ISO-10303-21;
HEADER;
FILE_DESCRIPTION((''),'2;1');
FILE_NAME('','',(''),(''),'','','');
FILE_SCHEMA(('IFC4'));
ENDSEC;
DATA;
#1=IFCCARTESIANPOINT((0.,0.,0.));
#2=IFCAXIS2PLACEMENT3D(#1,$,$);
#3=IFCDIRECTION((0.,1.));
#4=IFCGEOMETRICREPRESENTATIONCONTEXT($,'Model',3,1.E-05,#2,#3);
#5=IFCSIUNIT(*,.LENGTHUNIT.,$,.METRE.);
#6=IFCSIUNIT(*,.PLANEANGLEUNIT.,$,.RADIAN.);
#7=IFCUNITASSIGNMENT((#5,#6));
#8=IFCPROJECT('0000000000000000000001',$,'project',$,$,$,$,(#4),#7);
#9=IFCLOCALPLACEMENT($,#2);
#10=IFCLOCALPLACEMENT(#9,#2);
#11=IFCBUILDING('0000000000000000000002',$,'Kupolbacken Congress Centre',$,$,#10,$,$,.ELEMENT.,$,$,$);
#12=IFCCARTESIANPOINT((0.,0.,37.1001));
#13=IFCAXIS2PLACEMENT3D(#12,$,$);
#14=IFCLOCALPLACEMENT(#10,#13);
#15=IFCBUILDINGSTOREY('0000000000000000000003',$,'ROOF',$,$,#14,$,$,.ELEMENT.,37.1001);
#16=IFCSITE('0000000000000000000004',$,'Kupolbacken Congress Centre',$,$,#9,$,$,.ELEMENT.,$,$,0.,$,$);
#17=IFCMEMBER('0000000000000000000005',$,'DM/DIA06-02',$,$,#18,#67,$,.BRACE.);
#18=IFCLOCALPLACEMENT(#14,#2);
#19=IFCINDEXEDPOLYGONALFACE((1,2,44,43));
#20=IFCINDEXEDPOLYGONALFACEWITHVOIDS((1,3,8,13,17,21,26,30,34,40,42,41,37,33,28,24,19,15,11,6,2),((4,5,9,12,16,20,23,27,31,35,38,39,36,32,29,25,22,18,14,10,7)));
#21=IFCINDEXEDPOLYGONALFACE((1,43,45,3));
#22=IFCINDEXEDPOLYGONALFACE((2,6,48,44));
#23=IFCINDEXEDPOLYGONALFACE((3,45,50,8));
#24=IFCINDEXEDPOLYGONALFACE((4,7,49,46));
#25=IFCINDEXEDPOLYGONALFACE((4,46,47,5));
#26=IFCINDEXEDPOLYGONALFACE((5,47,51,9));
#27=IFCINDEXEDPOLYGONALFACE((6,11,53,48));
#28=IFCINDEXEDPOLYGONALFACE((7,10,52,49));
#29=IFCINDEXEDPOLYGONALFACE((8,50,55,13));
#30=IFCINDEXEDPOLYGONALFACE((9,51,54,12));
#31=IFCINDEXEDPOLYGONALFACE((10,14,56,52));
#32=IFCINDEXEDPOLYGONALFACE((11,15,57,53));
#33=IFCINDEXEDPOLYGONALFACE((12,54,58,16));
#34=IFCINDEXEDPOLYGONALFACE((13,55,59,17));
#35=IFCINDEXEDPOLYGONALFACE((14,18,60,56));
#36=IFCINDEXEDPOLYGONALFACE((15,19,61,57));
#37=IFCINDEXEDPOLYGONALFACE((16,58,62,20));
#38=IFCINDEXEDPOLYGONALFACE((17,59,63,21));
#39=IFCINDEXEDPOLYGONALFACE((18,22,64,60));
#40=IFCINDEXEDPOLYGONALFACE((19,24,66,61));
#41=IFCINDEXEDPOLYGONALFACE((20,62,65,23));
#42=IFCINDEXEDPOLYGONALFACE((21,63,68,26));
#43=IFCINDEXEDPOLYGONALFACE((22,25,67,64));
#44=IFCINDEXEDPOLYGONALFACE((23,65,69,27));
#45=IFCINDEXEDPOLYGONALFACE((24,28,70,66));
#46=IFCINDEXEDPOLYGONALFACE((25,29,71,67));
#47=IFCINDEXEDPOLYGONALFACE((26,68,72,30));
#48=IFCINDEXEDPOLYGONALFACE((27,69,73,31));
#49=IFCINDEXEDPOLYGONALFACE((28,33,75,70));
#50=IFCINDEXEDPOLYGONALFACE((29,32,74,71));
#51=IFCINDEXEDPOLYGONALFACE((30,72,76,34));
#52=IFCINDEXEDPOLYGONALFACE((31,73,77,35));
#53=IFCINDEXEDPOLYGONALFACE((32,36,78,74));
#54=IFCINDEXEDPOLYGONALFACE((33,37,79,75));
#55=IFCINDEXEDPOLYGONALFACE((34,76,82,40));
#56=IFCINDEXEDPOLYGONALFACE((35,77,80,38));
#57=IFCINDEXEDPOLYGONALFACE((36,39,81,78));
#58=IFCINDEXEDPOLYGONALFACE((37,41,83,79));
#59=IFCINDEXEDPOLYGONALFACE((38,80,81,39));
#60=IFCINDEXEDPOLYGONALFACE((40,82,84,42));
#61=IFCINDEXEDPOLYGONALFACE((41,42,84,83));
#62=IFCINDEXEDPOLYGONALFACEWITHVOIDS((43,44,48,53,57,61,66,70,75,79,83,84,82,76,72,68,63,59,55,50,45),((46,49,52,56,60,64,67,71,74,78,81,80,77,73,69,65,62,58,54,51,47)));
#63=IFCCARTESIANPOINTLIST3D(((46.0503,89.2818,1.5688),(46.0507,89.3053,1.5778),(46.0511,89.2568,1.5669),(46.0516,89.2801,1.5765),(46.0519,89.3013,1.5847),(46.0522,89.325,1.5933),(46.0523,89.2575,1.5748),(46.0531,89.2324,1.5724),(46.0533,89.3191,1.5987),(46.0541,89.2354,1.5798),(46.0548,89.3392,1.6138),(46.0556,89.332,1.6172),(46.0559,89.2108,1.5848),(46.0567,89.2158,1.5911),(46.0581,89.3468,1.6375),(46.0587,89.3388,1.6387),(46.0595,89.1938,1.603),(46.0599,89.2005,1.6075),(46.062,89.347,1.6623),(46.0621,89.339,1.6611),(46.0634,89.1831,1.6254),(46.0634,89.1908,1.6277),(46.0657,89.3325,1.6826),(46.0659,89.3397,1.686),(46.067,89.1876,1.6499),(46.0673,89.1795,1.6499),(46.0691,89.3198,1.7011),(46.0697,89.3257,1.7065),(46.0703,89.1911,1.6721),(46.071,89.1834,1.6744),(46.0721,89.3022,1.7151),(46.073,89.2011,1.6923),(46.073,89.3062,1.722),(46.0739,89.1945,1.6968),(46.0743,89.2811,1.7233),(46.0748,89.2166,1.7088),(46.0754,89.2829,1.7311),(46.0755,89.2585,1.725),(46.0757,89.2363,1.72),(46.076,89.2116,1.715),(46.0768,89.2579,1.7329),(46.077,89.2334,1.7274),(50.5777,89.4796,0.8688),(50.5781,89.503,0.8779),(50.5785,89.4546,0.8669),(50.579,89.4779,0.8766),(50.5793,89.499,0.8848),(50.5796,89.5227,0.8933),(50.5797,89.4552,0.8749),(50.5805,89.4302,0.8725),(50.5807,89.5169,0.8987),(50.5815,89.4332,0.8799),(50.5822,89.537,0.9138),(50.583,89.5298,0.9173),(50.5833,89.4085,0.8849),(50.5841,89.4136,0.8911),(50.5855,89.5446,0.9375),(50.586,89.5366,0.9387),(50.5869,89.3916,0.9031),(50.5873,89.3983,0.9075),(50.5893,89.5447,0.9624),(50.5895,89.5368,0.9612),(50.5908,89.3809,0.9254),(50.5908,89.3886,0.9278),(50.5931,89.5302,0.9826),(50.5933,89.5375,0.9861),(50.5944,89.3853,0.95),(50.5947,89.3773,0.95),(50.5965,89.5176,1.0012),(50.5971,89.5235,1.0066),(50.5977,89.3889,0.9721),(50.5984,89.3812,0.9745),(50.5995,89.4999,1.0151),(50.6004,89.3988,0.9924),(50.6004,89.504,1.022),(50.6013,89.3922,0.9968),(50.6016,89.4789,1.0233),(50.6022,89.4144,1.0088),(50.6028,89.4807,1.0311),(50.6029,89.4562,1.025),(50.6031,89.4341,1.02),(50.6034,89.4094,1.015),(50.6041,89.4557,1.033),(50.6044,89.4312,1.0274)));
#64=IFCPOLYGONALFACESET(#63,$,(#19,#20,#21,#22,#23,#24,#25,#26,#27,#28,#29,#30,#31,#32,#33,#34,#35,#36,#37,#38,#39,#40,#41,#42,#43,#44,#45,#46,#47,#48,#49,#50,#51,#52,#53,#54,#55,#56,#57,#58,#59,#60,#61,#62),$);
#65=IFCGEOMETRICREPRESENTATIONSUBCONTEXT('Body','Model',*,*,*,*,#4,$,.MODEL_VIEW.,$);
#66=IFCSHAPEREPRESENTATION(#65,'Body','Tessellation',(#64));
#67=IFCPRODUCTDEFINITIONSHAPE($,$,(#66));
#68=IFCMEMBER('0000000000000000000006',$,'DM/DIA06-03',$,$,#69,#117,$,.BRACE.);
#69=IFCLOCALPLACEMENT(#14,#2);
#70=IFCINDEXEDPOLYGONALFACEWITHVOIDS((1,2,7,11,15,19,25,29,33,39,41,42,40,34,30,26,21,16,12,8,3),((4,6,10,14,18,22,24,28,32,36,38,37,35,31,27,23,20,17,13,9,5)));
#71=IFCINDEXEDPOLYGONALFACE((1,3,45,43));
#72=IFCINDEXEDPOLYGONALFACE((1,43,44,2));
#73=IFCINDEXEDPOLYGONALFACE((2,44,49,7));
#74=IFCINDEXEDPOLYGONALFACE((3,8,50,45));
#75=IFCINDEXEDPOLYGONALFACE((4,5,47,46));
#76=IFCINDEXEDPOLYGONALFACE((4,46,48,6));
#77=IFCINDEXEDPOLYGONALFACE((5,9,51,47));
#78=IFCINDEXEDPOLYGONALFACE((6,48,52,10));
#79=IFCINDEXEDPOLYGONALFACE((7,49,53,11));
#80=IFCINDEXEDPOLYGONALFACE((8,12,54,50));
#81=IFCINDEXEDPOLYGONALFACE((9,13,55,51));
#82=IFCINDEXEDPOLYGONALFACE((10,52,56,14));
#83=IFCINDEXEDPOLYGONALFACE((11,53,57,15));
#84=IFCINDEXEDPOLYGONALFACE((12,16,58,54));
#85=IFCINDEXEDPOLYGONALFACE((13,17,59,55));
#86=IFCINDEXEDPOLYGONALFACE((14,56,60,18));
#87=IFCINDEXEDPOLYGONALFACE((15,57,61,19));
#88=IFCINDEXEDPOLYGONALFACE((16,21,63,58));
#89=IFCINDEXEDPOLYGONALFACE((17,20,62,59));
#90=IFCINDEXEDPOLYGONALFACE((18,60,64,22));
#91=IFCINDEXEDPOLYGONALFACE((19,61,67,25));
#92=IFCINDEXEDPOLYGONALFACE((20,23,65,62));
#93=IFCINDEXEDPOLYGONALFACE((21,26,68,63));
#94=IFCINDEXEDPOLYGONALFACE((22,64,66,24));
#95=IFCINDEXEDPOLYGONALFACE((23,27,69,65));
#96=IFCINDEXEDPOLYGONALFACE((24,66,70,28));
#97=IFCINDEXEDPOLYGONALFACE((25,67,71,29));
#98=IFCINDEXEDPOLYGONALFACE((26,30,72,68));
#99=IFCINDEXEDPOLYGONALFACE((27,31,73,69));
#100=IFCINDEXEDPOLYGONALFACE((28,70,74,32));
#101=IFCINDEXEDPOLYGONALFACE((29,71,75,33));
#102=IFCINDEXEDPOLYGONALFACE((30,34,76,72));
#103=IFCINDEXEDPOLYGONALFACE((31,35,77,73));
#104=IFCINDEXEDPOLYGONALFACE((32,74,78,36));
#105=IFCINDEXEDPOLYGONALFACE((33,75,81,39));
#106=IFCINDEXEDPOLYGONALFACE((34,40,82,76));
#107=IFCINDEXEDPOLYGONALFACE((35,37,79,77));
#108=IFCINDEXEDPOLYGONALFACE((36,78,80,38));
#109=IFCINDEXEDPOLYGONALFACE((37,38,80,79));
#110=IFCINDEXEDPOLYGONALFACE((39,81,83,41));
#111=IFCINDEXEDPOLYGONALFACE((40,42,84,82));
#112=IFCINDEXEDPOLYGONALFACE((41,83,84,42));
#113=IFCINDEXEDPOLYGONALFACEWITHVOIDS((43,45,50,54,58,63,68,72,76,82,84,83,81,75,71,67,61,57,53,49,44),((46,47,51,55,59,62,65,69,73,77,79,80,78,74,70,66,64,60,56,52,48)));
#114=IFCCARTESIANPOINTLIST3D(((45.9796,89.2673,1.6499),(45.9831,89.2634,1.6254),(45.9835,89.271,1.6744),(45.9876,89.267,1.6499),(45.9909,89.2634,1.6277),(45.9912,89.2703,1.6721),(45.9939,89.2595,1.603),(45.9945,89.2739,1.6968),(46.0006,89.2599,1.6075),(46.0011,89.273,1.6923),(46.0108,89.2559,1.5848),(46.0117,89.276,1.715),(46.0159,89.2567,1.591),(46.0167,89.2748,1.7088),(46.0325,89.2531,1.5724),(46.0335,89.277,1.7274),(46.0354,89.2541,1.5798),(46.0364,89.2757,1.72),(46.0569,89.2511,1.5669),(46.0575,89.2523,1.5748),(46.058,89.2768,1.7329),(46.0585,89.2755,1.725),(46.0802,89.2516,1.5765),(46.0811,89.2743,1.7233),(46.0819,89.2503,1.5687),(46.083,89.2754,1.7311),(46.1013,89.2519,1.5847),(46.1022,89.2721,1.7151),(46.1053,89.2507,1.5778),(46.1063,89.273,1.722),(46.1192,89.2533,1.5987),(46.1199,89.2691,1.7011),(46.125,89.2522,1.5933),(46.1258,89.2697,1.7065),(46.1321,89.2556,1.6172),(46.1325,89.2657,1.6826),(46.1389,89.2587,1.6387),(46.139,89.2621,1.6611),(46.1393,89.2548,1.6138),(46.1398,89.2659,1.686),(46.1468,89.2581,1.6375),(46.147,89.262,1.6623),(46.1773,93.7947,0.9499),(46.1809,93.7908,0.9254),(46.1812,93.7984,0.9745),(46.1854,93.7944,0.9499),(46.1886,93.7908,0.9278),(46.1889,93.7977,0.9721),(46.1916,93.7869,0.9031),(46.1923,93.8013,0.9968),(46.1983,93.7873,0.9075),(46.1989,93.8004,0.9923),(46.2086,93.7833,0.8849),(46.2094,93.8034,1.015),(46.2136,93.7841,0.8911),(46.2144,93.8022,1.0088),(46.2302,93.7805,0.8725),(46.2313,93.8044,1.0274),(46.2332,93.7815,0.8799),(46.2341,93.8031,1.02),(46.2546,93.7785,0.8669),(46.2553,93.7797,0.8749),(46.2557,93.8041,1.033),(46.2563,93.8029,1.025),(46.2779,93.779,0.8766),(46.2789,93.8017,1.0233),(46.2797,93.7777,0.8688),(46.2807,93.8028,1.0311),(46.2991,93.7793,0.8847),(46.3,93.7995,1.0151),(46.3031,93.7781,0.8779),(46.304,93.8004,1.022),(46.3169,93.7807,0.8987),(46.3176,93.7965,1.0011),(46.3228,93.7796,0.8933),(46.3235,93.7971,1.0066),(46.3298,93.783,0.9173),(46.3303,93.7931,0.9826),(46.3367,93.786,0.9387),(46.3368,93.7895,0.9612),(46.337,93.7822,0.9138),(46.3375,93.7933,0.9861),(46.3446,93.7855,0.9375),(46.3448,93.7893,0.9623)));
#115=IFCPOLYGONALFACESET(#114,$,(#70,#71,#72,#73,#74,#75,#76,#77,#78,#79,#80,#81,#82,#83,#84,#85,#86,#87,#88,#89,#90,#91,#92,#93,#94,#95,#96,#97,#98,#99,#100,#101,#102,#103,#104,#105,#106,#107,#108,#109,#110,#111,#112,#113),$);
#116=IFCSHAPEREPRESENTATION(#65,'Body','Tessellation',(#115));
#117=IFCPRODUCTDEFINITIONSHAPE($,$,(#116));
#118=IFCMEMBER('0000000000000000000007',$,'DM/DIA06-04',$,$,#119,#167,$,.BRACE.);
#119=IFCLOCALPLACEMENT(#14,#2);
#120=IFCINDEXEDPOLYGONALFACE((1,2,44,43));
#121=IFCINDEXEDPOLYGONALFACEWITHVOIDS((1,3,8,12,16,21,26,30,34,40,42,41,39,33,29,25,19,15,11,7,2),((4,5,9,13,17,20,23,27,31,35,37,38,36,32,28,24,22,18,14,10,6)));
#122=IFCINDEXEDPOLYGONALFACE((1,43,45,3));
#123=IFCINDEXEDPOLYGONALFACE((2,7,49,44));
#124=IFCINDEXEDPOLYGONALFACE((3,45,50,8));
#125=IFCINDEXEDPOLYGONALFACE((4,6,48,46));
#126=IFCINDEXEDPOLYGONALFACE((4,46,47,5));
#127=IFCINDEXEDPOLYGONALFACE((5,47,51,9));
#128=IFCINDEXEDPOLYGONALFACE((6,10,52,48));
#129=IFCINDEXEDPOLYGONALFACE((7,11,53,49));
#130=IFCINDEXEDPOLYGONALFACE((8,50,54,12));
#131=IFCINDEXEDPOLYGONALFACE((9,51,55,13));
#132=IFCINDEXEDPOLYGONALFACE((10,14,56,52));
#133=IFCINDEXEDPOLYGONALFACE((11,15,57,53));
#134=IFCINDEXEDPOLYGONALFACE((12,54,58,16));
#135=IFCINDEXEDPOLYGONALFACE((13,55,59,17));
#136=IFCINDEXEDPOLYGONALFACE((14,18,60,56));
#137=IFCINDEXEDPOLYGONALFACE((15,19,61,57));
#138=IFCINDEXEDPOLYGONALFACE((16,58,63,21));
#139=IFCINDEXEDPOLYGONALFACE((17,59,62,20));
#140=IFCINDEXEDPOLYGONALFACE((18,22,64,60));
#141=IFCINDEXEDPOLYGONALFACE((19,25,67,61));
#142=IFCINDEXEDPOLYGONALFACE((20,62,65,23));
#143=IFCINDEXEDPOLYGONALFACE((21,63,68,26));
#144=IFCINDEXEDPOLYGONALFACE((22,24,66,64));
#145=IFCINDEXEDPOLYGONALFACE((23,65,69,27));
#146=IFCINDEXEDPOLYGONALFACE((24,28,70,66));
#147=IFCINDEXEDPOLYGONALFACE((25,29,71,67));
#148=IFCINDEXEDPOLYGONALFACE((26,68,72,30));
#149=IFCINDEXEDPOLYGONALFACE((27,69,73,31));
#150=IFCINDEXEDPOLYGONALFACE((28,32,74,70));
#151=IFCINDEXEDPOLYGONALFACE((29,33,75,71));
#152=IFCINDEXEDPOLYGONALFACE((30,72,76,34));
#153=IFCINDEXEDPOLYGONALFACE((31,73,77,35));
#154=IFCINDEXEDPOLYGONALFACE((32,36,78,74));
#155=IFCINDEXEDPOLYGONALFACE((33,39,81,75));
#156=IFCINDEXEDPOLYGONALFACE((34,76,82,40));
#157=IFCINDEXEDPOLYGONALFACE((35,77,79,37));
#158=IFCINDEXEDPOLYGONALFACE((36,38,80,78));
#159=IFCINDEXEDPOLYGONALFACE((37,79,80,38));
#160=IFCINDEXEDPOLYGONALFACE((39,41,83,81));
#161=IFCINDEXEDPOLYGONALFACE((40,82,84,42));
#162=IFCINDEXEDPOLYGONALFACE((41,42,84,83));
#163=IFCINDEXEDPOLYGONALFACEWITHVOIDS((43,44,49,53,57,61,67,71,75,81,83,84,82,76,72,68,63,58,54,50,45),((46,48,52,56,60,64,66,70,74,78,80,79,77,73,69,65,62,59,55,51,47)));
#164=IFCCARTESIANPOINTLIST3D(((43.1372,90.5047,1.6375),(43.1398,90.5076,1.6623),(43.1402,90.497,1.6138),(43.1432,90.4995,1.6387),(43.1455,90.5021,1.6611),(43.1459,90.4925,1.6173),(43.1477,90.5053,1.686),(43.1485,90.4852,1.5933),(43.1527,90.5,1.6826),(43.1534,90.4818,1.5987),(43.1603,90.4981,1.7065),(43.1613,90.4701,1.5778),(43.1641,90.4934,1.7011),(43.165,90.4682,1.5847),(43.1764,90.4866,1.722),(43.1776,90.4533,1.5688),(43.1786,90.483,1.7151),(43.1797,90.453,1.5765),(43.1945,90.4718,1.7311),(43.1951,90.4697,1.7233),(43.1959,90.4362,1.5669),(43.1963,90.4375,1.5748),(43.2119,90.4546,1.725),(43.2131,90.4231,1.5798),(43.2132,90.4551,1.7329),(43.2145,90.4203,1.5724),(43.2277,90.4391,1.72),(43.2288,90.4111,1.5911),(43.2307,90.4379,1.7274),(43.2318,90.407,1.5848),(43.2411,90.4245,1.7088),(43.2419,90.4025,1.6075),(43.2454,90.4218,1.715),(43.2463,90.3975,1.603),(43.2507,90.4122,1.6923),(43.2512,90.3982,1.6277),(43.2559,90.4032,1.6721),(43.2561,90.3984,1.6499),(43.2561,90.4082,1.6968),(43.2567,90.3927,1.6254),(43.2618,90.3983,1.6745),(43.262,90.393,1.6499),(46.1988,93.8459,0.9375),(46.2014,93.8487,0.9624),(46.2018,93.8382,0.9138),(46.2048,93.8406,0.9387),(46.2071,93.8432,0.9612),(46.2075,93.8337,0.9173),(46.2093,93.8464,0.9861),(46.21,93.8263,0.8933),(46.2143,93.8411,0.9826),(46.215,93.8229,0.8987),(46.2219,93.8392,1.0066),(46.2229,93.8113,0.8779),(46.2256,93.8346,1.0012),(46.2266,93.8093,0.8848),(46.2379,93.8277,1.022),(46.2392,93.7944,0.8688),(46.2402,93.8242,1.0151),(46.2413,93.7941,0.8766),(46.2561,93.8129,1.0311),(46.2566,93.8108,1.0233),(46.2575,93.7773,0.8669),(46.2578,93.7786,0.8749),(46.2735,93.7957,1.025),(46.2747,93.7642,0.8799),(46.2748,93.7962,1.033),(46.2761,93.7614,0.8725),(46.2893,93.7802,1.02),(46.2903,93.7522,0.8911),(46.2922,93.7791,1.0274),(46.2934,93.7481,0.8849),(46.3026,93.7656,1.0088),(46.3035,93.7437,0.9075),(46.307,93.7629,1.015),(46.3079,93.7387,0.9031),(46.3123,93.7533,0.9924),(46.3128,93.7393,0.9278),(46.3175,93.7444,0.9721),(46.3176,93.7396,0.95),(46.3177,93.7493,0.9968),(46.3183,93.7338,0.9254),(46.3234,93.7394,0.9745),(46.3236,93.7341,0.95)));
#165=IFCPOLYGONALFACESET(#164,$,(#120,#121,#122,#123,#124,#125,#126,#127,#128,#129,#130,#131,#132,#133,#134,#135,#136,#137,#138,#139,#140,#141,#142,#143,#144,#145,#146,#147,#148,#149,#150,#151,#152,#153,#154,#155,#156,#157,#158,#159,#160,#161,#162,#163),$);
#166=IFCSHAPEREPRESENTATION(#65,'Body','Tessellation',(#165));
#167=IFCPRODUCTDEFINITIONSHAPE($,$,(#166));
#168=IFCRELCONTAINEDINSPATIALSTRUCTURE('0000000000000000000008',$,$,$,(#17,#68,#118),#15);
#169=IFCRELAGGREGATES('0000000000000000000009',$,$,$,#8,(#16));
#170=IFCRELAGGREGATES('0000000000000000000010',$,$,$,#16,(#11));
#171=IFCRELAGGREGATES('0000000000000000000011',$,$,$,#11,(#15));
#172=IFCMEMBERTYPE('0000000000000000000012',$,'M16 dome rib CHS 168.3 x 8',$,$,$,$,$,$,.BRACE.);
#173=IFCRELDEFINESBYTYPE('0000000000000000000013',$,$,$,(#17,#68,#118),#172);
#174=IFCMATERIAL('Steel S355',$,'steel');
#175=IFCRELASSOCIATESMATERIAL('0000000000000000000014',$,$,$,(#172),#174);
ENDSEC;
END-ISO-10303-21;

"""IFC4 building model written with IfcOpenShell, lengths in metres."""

from ifc_helpers import new_model, si_unit, direction, frame, origin, origin_2d, place, context, subcontext, project, spatial, hollow_circle, extrude, material, material_profile, profile_set, type_object, element, save


model = new_model("IFC4")

# Units and contexts
model_context = context("Model", 3, precision=1e-05, world=origin(), true_north=direction((0.0, 1.0)))
body_context = subcontext(model_context, "Body", "Model", "MODEL_VIEW")
ifc_project = project(units=[si_unit("LENGTHUNIT", "METRE"), si_unit("PLANEANGLEUNIT", "RADIAN")], contexts=[model_context])

# Site, building, storey
site_placement = place(None, origin())
site = spatial("IfcSite", under=ifc_project, at=site_placement, Name="Kupolbacken Congress Centre", CompositionType="ELEMENT", RefElevation=0.0)
building_placement = place(site_placement, origin())
building = spatial("IfcBuilding", under=site, at=building_placement, Name="Kupolbacken Congress Centre", CompositionType="ELEMENT")
storey_placement = place(building_placement, frame((0.0, 0.0, 37.1001)))
storey = spatial("IfcBuildingStorey", under=building, at=storey_placement, Name="ROOF", CompositionType="ELEMENT", Elevation=37.1001)

# Members
ifc_material_1 = material(Name="Steel S355", Category="steel")
ifc_material_profile_1 = material_profile(ifc_material_1, hollow_circle(Radius=0.0842, WallThickness=0.0081, at=origin_2d()), Name="CHS 168.3 x 8")
ifc_profile_set_1 = profile_set([ifc_material_profile_1], Name="Steel S355")
member_type_1 = type_object("IfcMemberType", Name="M16 dome rib CHS 168.3 x 8", PredefinedType="BRACE", material=ifc_profile_set_1)
for number, where, z_axis, x_axis, name in (
    (1, (50.5911, 89.4614, 0.95), (-0.987339, -0.043127, 0.152648), (0.043638, -0.999047, 0.0), "DM/DIA06-02"),
    (2, (46.0637, 89.2637, 1.6499), (0.043127, 0.987339, -0.152648), (-0.999047, 0.043638, 0.0), "DM/DIA06-03"),
    (3, (46.2615, 93.791, 0.95), (-0.667673, -0.728637, 0.152649), (0.737277, -0.67559, 0.0), "DM/DIA06-04"),
):
    element("IfcMember", number, at=place(storey_placement, frame(where, z_axis=z_axis, x_axis=x_axis)), inside=storey, type_object=member_type_1, Name=name, PredefinedType="BRACE", context=body_context, shape_type="SweptSolid", body=[
        extrude(hollow_circle(Radius=0.0842, WallThickness=0.0081, at=origin_2d()), origin(), (0.0, 0.0, 1.0), 4.5854),
    ])

save(model, "model.ifc")
